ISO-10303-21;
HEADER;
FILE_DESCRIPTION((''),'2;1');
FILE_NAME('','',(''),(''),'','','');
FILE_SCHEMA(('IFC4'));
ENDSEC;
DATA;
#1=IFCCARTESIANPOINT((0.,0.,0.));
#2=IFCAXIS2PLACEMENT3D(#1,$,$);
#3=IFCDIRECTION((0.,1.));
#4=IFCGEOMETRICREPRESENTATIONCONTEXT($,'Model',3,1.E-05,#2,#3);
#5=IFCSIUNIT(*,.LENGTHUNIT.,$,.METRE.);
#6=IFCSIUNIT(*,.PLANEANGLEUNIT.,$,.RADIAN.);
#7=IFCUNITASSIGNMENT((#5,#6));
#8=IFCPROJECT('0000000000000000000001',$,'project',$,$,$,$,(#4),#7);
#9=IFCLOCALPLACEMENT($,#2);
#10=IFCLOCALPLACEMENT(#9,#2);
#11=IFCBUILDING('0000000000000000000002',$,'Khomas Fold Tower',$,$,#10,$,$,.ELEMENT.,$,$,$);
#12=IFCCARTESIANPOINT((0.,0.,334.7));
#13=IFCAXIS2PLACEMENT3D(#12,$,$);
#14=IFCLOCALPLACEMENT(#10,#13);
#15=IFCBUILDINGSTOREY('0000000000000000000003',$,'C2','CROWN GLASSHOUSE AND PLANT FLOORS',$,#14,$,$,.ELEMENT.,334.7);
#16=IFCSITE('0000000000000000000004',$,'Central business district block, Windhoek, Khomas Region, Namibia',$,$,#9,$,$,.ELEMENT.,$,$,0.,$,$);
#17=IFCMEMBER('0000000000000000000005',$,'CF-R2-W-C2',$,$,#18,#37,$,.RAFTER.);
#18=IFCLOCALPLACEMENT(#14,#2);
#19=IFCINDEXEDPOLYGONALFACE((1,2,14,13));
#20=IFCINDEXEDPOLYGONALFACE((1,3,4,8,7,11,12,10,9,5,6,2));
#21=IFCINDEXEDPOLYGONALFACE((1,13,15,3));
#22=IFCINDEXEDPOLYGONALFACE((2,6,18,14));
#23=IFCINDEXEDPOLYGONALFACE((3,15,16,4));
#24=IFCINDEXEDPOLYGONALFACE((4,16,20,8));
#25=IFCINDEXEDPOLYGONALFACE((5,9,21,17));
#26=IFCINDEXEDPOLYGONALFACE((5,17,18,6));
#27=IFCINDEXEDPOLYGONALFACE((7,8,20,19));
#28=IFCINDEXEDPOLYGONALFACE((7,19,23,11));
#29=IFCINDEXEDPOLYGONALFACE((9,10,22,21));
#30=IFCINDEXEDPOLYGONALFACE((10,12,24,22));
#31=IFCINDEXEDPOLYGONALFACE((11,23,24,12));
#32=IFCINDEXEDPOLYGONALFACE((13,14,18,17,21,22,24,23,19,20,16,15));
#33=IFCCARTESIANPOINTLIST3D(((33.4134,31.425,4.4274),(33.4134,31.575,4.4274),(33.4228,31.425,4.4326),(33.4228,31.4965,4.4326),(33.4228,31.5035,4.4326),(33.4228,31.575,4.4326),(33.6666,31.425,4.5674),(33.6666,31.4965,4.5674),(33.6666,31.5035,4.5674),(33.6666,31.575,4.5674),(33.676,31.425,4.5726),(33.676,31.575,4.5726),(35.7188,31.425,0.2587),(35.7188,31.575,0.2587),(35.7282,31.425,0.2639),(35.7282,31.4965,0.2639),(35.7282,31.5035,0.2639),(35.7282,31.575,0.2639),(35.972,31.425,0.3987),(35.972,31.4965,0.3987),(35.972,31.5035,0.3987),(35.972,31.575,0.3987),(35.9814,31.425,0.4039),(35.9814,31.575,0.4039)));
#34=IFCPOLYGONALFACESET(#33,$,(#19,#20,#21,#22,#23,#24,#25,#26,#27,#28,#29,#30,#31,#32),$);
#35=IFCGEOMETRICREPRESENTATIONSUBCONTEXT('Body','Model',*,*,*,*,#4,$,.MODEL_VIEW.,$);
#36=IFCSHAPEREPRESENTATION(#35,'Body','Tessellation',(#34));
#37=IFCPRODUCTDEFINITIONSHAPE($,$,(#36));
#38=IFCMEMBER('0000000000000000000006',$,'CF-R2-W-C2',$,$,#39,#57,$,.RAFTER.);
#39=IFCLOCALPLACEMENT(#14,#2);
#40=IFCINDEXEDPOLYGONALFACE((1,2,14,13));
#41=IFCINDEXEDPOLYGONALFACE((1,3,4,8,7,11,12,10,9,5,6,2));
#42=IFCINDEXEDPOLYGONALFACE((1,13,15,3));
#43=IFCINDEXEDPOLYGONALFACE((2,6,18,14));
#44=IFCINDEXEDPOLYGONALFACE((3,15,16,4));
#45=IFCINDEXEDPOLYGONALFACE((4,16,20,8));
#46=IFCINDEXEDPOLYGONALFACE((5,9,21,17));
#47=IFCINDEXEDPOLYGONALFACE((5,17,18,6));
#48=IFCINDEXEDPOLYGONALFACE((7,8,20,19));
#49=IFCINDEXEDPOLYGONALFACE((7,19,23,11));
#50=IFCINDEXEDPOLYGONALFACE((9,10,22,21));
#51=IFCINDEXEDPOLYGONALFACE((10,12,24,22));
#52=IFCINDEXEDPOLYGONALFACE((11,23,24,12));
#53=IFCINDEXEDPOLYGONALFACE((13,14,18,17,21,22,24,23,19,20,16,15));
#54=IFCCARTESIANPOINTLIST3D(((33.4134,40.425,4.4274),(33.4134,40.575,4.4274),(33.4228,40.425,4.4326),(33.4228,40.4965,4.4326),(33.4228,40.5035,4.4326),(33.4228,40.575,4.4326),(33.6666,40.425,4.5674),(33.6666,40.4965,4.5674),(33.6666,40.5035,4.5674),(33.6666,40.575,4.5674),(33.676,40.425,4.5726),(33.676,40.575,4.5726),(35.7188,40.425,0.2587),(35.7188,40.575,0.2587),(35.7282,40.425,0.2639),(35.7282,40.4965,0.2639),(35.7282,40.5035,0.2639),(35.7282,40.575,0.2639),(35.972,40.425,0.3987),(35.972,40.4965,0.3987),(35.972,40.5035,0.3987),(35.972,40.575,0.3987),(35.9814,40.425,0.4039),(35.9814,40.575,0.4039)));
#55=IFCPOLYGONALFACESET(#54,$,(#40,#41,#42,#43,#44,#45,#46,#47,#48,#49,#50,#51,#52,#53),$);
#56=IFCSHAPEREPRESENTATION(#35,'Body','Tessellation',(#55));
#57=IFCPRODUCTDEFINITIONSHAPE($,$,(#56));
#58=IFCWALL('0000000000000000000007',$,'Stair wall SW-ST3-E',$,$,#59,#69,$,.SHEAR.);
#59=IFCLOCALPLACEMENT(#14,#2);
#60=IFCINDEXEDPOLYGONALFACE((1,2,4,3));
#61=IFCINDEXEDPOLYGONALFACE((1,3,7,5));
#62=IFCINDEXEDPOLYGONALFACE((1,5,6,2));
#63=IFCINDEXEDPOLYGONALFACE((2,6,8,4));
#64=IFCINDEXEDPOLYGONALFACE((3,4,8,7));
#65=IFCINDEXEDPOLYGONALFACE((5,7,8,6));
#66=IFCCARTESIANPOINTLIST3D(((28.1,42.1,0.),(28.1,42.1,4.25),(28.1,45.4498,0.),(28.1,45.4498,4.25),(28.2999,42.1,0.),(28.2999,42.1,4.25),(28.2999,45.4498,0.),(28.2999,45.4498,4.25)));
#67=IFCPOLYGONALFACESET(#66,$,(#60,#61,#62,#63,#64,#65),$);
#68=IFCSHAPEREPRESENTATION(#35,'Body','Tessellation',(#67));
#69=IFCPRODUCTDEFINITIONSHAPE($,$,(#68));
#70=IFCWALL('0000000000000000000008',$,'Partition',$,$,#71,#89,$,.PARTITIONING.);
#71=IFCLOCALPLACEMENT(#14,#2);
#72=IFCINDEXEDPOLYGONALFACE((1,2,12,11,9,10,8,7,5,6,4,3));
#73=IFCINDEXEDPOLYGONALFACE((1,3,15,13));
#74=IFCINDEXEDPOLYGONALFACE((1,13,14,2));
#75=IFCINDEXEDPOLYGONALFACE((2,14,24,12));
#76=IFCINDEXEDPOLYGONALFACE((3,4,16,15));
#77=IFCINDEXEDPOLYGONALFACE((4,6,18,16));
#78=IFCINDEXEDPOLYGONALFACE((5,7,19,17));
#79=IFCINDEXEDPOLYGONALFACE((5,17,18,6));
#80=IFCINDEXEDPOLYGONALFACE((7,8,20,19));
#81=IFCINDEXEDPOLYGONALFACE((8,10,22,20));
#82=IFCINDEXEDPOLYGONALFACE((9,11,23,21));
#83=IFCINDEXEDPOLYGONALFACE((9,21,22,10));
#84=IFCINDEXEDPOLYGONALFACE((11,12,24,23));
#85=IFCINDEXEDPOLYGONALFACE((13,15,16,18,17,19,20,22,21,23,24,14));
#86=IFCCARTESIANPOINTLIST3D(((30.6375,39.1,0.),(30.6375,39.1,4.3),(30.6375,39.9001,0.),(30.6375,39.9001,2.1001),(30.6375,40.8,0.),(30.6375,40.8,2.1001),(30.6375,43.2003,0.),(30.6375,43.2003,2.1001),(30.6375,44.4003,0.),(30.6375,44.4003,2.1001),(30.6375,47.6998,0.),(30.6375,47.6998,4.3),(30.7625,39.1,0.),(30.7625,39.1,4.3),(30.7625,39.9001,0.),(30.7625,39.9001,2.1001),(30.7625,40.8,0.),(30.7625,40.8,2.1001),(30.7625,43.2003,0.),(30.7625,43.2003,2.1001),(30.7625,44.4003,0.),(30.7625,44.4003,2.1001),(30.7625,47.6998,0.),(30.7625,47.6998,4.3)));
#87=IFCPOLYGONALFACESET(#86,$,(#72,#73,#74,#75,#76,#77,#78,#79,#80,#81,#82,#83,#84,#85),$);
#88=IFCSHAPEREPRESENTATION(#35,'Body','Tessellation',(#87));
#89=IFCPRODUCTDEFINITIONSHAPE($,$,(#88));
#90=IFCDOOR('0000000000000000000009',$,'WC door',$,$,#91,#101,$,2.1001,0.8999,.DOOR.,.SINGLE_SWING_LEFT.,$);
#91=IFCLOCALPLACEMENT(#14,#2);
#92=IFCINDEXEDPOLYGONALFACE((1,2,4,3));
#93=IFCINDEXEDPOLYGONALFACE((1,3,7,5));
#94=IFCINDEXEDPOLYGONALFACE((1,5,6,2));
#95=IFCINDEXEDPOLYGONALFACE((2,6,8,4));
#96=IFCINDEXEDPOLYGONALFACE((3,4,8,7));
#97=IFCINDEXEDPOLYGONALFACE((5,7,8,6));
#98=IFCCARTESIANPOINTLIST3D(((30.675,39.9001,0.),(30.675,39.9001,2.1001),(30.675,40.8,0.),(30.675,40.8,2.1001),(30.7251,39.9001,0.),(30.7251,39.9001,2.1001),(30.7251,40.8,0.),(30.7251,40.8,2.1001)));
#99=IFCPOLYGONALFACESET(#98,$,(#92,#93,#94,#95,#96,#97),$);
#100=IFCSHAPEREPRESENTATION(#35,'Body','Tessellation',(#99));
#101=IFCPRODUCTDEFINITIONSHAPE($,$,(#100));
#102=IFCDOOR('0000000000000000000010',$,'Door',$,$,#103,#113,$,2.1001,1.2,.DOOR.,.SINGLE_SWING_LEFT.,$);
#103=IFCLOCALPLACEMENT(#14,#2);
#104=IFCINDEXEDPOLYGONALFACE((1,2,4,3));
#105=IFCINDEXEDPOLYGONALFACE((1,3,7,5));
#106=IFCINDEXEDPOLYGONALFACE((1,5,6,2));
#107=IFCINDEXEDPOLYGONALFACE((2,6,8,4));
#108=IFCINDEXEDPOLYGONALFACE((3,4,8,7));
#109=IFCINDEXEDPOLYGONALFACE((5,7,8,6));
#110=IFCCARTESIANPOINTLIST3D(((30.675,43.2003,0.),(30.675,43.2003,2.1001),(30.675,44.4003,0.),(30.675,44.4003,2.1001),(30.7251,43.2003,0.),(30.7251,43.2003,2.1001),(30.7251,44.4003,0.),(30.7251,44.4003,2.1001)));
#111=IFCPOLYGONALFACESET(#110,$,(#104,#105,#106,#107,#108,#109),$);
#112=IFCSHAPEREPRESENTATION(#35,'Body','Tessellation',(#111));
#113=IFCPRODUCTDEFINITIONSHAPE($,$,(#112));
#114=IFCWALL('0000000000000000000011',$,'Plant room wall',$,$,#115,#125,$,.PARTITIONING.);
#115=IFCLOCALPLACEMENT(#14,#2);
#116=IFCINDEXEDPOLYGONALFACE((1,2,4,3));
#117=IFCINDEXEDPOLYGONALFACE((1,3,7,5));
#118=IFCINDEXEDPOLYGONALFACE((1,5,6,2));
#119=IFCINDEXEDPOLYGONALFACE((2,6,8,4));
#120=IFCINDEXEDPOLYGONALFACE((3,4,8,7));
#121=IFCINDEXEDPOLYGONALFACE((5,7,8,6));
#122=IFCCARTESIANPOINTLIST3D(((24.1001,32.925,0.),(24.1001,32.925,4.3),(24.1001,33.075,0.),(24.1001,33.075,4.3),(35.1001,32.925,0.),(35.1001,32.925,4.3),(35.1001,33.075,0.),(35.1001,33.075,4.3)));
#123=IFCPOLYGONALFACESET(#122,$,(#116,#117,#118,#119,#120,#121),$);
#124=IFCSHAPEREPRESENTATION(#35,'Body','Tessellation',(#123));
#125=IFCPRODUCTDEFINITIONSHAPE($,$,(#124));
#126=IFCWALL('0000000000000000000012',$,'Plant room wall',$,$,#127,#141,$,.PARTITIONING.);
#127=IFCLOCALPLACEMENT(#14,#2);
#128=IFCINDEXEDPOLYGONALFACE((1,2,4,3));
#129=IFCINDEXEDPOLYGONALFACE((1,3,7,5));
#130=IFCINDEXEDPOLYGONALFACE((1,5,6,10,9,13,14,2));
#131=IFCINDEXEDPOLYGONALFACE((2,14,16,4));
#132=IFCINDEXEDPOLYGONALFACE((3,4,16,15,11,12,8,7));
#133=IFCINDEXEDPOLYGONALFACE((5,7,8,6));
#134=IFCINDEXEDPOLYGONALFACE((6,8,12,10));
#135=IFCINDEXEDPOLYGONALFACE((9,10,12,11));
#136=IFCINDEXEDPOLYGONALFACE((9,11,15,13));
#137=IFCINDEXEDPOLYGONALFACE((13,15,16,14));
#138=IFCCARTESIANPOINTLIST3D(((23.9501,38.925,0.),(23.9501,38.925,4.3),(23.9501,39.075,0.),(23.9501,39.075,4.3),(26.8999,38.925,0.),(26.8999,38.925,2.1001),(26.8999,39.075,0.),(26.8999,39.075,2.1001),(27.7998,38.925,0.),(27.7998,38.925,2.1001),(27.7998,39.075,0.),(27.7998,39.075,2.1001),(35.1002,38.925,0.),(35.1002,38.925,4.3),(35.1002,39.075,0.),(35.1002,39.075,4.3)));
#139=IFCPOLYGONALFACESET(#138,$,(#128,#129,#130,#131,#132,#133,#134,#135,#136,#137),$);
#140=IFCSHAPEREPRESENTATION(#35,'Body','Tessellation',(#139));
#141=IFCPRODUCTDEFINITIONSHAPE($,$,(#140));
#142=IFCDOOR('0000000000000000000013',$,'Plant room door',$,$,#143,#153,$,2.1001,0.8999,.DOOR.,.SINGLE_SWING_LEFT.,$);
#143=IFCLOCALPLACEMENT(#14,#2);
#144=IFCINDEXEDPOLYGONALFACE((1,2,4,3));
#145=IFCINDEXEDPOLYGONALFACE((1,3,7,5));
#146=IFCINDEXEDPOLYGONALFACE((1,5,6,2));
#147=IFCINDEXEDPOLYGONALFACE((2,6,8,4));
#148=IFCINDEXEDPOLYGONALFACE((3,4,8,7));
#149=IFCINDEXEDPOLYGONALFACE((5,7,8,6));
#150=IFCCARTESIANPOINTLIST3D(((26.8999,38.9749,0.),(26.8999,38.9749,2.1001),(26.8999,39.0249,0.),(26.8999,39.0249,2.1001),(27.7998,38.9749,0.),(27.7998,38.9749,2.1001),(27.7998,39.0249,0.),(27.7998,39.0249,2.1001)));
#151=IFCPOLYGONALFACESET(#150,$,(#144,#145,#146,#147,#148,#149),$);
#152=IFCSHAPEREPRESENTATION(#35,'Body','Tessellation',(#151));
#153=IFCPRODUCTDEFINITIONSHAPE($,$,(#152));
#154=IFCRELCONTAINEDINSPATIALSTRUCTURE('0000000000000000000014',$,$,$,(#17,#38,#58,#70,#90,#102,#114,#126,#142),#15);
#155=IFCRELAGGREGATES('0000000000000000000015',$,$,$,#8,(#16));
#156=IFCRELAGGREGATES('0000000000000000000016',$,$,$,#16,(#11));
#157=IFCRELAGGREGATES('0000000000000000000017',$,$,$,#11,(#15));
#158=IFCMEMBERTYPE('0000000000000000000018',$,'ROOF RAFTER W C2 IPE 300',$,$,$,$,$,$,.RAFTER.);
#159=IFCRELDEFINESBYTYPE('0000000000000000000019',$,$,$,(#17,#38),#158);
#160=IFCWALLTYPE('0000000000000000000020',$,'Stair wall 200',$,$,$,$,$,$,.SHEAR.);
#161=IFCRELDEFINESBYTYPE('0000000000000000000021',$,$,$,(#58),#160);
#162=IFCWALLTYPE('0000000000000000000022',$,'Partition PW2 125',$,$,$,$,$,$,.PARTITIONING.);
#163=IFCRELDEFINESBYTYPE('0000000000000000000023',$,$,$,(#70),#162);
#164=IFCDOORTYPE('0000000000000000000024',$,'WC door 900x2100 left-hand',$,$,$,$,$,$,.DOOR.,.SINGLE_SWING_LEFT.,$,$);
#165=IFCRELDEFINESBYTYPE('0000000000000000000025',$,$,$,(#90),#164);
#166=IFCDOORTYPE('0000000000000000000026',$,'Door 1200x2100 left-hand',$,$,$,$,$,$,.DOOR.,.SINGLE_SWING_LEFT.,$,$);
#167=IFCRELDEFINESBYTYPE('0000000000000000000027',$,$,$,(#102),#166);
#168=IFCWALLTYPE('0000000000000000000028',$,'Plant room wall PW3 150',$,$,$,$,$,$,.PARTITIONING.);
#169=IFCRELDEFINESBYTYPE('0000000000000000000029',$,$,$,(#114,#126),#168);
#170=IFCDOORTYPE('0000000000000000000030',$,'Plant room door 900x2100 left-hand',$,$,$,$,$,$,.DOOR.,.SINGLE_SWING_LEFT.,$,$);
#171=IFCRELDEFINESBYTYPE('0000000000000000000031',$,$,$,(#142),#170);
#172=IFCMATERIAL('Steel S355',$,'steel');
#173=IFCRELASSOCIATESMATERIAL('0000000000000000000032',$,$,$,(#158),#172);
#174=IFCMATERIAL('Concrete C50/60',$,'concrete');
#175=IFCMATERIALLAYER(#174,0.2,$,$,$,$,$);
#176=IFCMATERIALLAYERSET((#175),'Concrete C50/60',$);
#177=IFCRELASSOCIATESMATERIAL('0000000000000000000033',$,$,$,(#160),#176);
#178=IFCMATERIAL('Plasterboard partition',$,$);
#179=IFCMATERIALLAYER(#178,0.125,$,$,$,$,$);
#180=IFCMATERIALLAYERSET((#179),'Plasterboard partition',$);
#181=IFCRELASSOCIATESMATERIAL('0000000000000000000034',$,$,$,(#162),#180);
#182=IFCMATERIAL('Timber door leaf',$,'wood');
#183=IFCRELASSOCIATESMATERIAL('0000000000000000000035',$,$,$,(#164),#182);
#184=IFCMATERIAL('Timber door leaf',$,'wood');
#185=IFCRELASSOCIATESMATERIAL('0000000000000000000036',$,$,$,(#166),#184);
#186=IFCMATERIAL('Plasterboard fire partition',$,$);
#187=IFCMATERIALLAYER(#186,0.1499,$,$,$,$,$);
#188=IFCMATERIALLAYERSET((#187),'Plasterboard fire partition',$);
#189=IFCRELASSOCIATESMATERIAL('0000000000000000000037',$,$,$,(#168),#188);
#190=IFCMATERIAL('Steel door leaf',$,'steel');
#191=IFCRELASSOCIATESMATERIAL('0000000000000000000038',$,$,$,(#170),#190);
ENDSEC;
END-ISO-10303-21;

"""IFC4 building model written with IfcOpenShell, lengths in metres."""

from ifc_helpers import new_model, si_unit, direction, frame, frame_2d, origin, origin_2d, place, context, subcontext, project, spatial, rectangle, i_section, extrude, source, transform, mapped, material, layer, layer_set, material_profile, profile_set, type_object, element, fill, save


model = new_model("IFC4")

# Units and contexts
model_context = context("Model", 3, precision=1e-05, world=origin(), true_north=direction((0.0, 1.0)))
body_context = subcontext(model_context, "Body", "Model", "MODEL_VIEW")
ifc_project = project(units=[si_unit("LENGTHUNIT", "METRE"), si_unit("PLANEANGLEUNIT", "RADIAN")], contexts=[model_context])

# Site, building, storey
site_placement = place(None, origin())
site = spatial("IfcSite", under=ifc_project, at=site_placement, Name="Central business district block, Windhoek, Khomas Region, Namibia", CompositionType="ELEMENT", RefElevation=0.0)
building_placement = place(site_placement, origin())
building = spatial("IfcBuilding", under=site, at=building_placement, Name="Khomas Fold Tower", CompositionType="ELEMENT")
storey_placement = place(building_placement, frame((0.0, 0.0, 334.7)))
storey = spatial("IfcBuildingStorey", under=building, at=storey_placement, Name="C2", Description="CROWN GLASSHOUSE AND PLANT FLOORS", CompositionType="ELEMENT", Elevation=334.7)

# Members
ifc_material_1 = material(Name="Steel S355", Category="steel")
ifc_material_profile = material_profile(ifc_material_1, i_section(OverallWidth=0.1499, OverallDepth=0.3, WebThickness=0.0071, FlangeThickness=0.0107, at=origin_2d()), Name="IPE 300")
ifc_profile_set = profile_set([ifc_material_profile], Name="Steel S355")
member_type = type_object("IfcMemberType", Name="ROOF RAFTER W C2 IPE 300", PredefinedType="RAFTER", material=ifc_profile_set)
shared_shape_1 = source(origin(), body_context, "Body", "SweptSolid", [
    extrude(i_section(OverallWidth=0.1499, OverallDepth=0.3, WebThickness=0.0071, FlangeThickness=0.0107, at=origin_2d()), origin(), (0.0, 0.0, 1.0), 4.7637),
])
for number, where, z_axis, x_axis, name in (
    (1, (35.8501, 31.5, 0.3313), (-0.483954, 0.0, 0.875094), (0.0, -1.0, 0.0), "CF-R2-W-C2"),
    (2, (35.8501, 40.5, 0.3313), (-0.483954, 0.0, 0.875094), (0.0, -1.0, 0.0), "CF-R2-W-C2"),
):
    element("IfcMember", number, at=place(storey_placement, frame(where, z_axis=z_axis, x_axis=x_axis)), inside=storey, type_object=member_type, Name=name, PredefinedType="RAFTER", context=body_context, shape_type="MappedRepresentation", body=[
        mapped(shared_shape_1, transform((0.0, 0.0, 0.0))),
    ])

# Wall
ifc_material_2 = material(Name="Concrete C50/60", Category="concrete")
ifc_layer_1 = layer(ifc_material_2, 0.2)
ifc_layer_set_1 = layer_set([ifc_layer_1], Name="Concrete C50/60")
wall_type_1 = type_object("IfcWallType", Name="Stair wall 200", PredefinedType="SHEAR", material=ifc_layer_set_1)
shared_shape_2 = source(origin(), body_context, "Body", "SweptSolid", [
    extrude(rectangle(XDim=3.3499, YDim=0.2, at=frame_2d((1.6748, 0.0))), origin(), (0.0, 0.0, 1.0), 4.25),
])
wall_1_placement = place(storey_placement, frame((28.2, 42.1001, 0.0), z_axis=(0.0, 0.0, 1.0), x_axis=(0.0, 1.0, 0.0)))
element("IfcWall", 3, at=wall_1_placement, inside=storey, type_object=wall_type_1, Name="Stair wall SW-ST3-E", PredefinedType="SHEAR", context=body_context, shape_type="MappedRepresentation", body=[
    mapped(shared_shape_2, transform((0.0, 0.0, 0.0))),
])

# Wall, openings, doors
ifc_material_3 = material(Name="Plasterboard partition")
ifc_layer_2 = layer(ifc_material_3, 0.125)
ifc_layer_set_2 = layer_set([ifc_layer_2], Name="Plasterboard partition")
wall_type_2 = type_object("IfcWallType", Name="Partition PW2 125", PredefinedType="PARTITIONING", material=ifc_layer_set_2)
shared_shape_3 = source(origin(), body_context, "Body", "SweptSolid", [
    extrude(rectangle(XDim=8.5999, YDim=0.125, at=frame_2d((4.2998, 0.0))), origin(), (0.0, 0.0, 1.0), 4.3),
])
wall_2_placement = place(storey_placement, frame((30.7, 39.1001, 0.0), z_axis=(0.0, 0.0, 1.0), x_axis=(0.0, 1.0, 0.0)))
wall_2 = element("IfcWall", 4, at=wall_2_placement, inside=storey, type_object=wall_type_2, Name="Partition", PredefinedType="PARTITIONING", context=body_context, shape_type="MappedRepresentation", body=[
    mapped(shared_shape_3, transform((0.0, 0.0, 0.0))),
])
shared_shape_4 = source(origin(), body_context, "Body", "SweptSolid", [
    extrude(rectangle(XDim=0.8999, YDim=2.1001, at=frame_2d((0.45, 1.05))), frame((0.0, 0.0725, 0.0), z_axis=(0.0, -1.0, 0.0), x_axis=(1.0, 0.0, 0.0)), (0.0, 0.0, 1.0), 0.145),
])
opening_1_placement = place(wall_2_placement, frame((0.8, 0.0, 0.0)))
opening_1 = element("IfcOpeningElement", 5, at=opening_1_placement, cuts=wall_2, PredefinedType="OPENING", context=body_context, shape_type="MappedRepresentation", body=[
    mapped(shared_shape_4, transform((0.0, 0.0, 0.0))),
])
shared_shape_5 = source(origin(), body_context, "Body", "SweptSolid", [
    extrude(rectangle(XDim=1.2, YDim=2.1001, at=frame_2d((0.6001, 1.05))), frame((0.0, 0.0725, 0.0), z_axis=(0.0, -1.0, 0.0), x_axis=(1.0, 0.0, 0.0)), (0.0, 0.0, 1.0), 0.145),
])
opening_2_placement = place(wall_2_placement, frame((4.1001, 0.0, 0.0)))
opening_2 = element("IfcOpeningElement", 6, at=opening_2_placement, cuts=wall_2, PredefinedType="OPENING", context=body_context, shape_type="MappedRepresentation", body=[
    mapped(shared_shape_5, transform((0.0, 0.0, 0.0))),
])
ifc_material_4 = material(Name="Timber door leaf", Category="wood")
door_type_1 = type_object("IfcDoorType", Name="WC door 900x2100 left-hand", OperationType="SINGLE_SWING_LEFT", PredefinedType="DOOR", material=ifc_material_4)
shared_shape_6 = source(origin(), body_context, "Body", "SweptSolid", [
    extrude(rectangle(XDim=0.8999, YDim=2.1001, at=frame_2d((0.45, 1.05))), frame((0.0, 0.0249, 0.0), z_axis=(0.0, -1.0, 0.0), x_axis=(1.0, 0.0, 0.0)), (0.0, 0.0, 1.0), 0.05),
])
door_1_placement = place(opening_1_placement, origin())
door_1 = element("IfcDoor", 7, at=door_1_placement, inside=storey, type_object=door_type_1, Name="WC door", OperationType="SINGLE_SWING_LEFT", OverallHeight=2.1001, OverallWidth=0.8999, PredefinedType="DOOR", context=body_context, shape_type="MappedRepresentation", body=[
    mapped(shared_shape_6, transform((0.0, 0.0, 0.0))),
])
fill(opening_1, door_1)
ifc_material_5 = material(Name="Timber door leaf", Category="wood")
door_type_2 = type_object("IfcDoorType", Name="Door 1200x2100 left-hand", OperationType="SINGLE_SWING_LEFT", PredefinedType="DOOR", material=ifc_material_5)
shared_shape_7 = source(origin(), body_context, "Body", "SweptSolid", [
    extrude(rectangle(XDim=1.2, YDim=2.1001, at=frame_2d((0.6001, 1.05))), frame((0.0, 0.0249, 0.0), z_axis=(0.0, -1.0, 0.0), x_axis=(1.0, 0.0, 0.0)), (0.0, 0.0, 1.0), 0.05),
])
door_2_placement = place(opening_2_placement, origin())
door_2 = element("IfcDoor", 8, at=door_2_placement, inside=storey, type_object=door_type_2, Name="Door", OperationType="SINGLE_SWING_LEFT", OverallHeight=2.1001, OverallWidth=1.2, PredefinedType="DOOR", context=body_context, shape_type="MappedRepresentation", body=[
    mapped(shared_shape_7, transform((0.0, 0.0, 0.0))),
])
fill(opening_2, door_2)

# Wall
ifc_material_6 = material(Name="Plasterboard fire partition")
ifc_layer_3 = layer(ifc_material_6, 0.1499)
ifc_layer_set_3 = layer_set([ifc_layer_3], Name="Plasterboard fire partition")
wall_type_3 = type_object("IfcWallType", Name="Plant room wall PW3 150", PredefinedType="PARTITIONING", material=ifc_layer_set_3)
shared_shape_8 = source(origin(), body_context, "Body", "SweptSolid", [
    extrude(rectangle(XDim=11.0, YDim=0.1499, at=frame_2d((5.5, 0.0))), origin(), (0.0, 0.0, 1.0), 4.3),
])
wall_3_placement = place(storey_placement, frame((24.1001, 33.0, 0.0), z_axis=(0.0, 0.0, 1.0), x_axis=(1.0, 0.0, 0.0)))
element("IfcWall", 9, at=wall_3_placement, inside=storey, type_object=wall_type_3, Name="Plant room wall", PredefinedType="PARTITIONING", context=body_context, shape_type="MappedRepresentation", body=[
    mapped(shared_shape_8, transform((0.0, 0.0, 0.0))),
])

# Wall, opening, door
shared_shape_9 = source(origin(), body_context, "Body", "SweptSolid", [
    extrude(rectangle(XDim=11.1501, YDim=0.1499, at=frame_2d((5.5752, 0.0))), origin(), (0.0, 0.0, 1.0), 4.3),
])
wall_4_placement = place(storey_placement, frame((23.95, 39.0, 0.0), z_axis=(0.0, 0.0, 1.0), x_axis=(1.0, 0.0, 0.0)))
wall_4 = element("IfcWall", 10, at=wall_4_placement, inside=storey, type_object=wall_type_3, Name="Plant room wall", PredefinedType="PARTITIONING", context=body_context, shape_type="MappedRepresentation", body=[
    mapped(shared_shape_9, transform((0.0, 0.0, 0.0))),
])
shared_shape_10 = source(origin(), body_context, "Body", "SweptSolid", [
    extrude(rectangle(XDim=0.8999, YDim=2.1001, at=frame_2d((0.45, 1.05))), frame((0.0, 0.085, 0.0), z_axis=(0.0, -1.0, 0.0), x_axis=(1.0, 0.0, 0.0)), (0.0, 0.0, 1.0), 0.1699),
])
opening_3_placement = place(wall_4_placement, frame((2.95, 0.0, 0.0)))
opening_3 = element("IfcOpeningElement", 11, at=opening_3_placement, cuts=wall_4, PredefinedType="OPENING", context=body_context, shape_type="MappedRepresentation", body=[
    mapped(shared_shape_10, transform((0.0, 0.0, 0.0))),
])
ifc_material_7 = material(Name="Steel door leaf", Category="steel")
door_type_3 = type_object("IfcDoorType", Name="Plant room door 900x2100 left-hand", OperationType="SINGLE_SWING_LEFT", PredefinedType="DOOR", material=ifc_material_7)
door_3_placement = place(opening_3_placement, origin())
door_3 = element("IfcDoor", 12, at=door_3_placement, inside=storey, type_object=door_type_3, Name="Plant room door", OperationType="SINGLE_SWING_LEFT", OverallHeight=2.1001, OverallWidth=0.8999, PredefinedType="DOOR", context=body_context, shape_type="MappedRepresentation", body=[
    mapped(shared_shape_6, transform((0.0, 0.0, 0.0))),
])
fill(opening_3, door_3)

save(model, "model.ifc")
